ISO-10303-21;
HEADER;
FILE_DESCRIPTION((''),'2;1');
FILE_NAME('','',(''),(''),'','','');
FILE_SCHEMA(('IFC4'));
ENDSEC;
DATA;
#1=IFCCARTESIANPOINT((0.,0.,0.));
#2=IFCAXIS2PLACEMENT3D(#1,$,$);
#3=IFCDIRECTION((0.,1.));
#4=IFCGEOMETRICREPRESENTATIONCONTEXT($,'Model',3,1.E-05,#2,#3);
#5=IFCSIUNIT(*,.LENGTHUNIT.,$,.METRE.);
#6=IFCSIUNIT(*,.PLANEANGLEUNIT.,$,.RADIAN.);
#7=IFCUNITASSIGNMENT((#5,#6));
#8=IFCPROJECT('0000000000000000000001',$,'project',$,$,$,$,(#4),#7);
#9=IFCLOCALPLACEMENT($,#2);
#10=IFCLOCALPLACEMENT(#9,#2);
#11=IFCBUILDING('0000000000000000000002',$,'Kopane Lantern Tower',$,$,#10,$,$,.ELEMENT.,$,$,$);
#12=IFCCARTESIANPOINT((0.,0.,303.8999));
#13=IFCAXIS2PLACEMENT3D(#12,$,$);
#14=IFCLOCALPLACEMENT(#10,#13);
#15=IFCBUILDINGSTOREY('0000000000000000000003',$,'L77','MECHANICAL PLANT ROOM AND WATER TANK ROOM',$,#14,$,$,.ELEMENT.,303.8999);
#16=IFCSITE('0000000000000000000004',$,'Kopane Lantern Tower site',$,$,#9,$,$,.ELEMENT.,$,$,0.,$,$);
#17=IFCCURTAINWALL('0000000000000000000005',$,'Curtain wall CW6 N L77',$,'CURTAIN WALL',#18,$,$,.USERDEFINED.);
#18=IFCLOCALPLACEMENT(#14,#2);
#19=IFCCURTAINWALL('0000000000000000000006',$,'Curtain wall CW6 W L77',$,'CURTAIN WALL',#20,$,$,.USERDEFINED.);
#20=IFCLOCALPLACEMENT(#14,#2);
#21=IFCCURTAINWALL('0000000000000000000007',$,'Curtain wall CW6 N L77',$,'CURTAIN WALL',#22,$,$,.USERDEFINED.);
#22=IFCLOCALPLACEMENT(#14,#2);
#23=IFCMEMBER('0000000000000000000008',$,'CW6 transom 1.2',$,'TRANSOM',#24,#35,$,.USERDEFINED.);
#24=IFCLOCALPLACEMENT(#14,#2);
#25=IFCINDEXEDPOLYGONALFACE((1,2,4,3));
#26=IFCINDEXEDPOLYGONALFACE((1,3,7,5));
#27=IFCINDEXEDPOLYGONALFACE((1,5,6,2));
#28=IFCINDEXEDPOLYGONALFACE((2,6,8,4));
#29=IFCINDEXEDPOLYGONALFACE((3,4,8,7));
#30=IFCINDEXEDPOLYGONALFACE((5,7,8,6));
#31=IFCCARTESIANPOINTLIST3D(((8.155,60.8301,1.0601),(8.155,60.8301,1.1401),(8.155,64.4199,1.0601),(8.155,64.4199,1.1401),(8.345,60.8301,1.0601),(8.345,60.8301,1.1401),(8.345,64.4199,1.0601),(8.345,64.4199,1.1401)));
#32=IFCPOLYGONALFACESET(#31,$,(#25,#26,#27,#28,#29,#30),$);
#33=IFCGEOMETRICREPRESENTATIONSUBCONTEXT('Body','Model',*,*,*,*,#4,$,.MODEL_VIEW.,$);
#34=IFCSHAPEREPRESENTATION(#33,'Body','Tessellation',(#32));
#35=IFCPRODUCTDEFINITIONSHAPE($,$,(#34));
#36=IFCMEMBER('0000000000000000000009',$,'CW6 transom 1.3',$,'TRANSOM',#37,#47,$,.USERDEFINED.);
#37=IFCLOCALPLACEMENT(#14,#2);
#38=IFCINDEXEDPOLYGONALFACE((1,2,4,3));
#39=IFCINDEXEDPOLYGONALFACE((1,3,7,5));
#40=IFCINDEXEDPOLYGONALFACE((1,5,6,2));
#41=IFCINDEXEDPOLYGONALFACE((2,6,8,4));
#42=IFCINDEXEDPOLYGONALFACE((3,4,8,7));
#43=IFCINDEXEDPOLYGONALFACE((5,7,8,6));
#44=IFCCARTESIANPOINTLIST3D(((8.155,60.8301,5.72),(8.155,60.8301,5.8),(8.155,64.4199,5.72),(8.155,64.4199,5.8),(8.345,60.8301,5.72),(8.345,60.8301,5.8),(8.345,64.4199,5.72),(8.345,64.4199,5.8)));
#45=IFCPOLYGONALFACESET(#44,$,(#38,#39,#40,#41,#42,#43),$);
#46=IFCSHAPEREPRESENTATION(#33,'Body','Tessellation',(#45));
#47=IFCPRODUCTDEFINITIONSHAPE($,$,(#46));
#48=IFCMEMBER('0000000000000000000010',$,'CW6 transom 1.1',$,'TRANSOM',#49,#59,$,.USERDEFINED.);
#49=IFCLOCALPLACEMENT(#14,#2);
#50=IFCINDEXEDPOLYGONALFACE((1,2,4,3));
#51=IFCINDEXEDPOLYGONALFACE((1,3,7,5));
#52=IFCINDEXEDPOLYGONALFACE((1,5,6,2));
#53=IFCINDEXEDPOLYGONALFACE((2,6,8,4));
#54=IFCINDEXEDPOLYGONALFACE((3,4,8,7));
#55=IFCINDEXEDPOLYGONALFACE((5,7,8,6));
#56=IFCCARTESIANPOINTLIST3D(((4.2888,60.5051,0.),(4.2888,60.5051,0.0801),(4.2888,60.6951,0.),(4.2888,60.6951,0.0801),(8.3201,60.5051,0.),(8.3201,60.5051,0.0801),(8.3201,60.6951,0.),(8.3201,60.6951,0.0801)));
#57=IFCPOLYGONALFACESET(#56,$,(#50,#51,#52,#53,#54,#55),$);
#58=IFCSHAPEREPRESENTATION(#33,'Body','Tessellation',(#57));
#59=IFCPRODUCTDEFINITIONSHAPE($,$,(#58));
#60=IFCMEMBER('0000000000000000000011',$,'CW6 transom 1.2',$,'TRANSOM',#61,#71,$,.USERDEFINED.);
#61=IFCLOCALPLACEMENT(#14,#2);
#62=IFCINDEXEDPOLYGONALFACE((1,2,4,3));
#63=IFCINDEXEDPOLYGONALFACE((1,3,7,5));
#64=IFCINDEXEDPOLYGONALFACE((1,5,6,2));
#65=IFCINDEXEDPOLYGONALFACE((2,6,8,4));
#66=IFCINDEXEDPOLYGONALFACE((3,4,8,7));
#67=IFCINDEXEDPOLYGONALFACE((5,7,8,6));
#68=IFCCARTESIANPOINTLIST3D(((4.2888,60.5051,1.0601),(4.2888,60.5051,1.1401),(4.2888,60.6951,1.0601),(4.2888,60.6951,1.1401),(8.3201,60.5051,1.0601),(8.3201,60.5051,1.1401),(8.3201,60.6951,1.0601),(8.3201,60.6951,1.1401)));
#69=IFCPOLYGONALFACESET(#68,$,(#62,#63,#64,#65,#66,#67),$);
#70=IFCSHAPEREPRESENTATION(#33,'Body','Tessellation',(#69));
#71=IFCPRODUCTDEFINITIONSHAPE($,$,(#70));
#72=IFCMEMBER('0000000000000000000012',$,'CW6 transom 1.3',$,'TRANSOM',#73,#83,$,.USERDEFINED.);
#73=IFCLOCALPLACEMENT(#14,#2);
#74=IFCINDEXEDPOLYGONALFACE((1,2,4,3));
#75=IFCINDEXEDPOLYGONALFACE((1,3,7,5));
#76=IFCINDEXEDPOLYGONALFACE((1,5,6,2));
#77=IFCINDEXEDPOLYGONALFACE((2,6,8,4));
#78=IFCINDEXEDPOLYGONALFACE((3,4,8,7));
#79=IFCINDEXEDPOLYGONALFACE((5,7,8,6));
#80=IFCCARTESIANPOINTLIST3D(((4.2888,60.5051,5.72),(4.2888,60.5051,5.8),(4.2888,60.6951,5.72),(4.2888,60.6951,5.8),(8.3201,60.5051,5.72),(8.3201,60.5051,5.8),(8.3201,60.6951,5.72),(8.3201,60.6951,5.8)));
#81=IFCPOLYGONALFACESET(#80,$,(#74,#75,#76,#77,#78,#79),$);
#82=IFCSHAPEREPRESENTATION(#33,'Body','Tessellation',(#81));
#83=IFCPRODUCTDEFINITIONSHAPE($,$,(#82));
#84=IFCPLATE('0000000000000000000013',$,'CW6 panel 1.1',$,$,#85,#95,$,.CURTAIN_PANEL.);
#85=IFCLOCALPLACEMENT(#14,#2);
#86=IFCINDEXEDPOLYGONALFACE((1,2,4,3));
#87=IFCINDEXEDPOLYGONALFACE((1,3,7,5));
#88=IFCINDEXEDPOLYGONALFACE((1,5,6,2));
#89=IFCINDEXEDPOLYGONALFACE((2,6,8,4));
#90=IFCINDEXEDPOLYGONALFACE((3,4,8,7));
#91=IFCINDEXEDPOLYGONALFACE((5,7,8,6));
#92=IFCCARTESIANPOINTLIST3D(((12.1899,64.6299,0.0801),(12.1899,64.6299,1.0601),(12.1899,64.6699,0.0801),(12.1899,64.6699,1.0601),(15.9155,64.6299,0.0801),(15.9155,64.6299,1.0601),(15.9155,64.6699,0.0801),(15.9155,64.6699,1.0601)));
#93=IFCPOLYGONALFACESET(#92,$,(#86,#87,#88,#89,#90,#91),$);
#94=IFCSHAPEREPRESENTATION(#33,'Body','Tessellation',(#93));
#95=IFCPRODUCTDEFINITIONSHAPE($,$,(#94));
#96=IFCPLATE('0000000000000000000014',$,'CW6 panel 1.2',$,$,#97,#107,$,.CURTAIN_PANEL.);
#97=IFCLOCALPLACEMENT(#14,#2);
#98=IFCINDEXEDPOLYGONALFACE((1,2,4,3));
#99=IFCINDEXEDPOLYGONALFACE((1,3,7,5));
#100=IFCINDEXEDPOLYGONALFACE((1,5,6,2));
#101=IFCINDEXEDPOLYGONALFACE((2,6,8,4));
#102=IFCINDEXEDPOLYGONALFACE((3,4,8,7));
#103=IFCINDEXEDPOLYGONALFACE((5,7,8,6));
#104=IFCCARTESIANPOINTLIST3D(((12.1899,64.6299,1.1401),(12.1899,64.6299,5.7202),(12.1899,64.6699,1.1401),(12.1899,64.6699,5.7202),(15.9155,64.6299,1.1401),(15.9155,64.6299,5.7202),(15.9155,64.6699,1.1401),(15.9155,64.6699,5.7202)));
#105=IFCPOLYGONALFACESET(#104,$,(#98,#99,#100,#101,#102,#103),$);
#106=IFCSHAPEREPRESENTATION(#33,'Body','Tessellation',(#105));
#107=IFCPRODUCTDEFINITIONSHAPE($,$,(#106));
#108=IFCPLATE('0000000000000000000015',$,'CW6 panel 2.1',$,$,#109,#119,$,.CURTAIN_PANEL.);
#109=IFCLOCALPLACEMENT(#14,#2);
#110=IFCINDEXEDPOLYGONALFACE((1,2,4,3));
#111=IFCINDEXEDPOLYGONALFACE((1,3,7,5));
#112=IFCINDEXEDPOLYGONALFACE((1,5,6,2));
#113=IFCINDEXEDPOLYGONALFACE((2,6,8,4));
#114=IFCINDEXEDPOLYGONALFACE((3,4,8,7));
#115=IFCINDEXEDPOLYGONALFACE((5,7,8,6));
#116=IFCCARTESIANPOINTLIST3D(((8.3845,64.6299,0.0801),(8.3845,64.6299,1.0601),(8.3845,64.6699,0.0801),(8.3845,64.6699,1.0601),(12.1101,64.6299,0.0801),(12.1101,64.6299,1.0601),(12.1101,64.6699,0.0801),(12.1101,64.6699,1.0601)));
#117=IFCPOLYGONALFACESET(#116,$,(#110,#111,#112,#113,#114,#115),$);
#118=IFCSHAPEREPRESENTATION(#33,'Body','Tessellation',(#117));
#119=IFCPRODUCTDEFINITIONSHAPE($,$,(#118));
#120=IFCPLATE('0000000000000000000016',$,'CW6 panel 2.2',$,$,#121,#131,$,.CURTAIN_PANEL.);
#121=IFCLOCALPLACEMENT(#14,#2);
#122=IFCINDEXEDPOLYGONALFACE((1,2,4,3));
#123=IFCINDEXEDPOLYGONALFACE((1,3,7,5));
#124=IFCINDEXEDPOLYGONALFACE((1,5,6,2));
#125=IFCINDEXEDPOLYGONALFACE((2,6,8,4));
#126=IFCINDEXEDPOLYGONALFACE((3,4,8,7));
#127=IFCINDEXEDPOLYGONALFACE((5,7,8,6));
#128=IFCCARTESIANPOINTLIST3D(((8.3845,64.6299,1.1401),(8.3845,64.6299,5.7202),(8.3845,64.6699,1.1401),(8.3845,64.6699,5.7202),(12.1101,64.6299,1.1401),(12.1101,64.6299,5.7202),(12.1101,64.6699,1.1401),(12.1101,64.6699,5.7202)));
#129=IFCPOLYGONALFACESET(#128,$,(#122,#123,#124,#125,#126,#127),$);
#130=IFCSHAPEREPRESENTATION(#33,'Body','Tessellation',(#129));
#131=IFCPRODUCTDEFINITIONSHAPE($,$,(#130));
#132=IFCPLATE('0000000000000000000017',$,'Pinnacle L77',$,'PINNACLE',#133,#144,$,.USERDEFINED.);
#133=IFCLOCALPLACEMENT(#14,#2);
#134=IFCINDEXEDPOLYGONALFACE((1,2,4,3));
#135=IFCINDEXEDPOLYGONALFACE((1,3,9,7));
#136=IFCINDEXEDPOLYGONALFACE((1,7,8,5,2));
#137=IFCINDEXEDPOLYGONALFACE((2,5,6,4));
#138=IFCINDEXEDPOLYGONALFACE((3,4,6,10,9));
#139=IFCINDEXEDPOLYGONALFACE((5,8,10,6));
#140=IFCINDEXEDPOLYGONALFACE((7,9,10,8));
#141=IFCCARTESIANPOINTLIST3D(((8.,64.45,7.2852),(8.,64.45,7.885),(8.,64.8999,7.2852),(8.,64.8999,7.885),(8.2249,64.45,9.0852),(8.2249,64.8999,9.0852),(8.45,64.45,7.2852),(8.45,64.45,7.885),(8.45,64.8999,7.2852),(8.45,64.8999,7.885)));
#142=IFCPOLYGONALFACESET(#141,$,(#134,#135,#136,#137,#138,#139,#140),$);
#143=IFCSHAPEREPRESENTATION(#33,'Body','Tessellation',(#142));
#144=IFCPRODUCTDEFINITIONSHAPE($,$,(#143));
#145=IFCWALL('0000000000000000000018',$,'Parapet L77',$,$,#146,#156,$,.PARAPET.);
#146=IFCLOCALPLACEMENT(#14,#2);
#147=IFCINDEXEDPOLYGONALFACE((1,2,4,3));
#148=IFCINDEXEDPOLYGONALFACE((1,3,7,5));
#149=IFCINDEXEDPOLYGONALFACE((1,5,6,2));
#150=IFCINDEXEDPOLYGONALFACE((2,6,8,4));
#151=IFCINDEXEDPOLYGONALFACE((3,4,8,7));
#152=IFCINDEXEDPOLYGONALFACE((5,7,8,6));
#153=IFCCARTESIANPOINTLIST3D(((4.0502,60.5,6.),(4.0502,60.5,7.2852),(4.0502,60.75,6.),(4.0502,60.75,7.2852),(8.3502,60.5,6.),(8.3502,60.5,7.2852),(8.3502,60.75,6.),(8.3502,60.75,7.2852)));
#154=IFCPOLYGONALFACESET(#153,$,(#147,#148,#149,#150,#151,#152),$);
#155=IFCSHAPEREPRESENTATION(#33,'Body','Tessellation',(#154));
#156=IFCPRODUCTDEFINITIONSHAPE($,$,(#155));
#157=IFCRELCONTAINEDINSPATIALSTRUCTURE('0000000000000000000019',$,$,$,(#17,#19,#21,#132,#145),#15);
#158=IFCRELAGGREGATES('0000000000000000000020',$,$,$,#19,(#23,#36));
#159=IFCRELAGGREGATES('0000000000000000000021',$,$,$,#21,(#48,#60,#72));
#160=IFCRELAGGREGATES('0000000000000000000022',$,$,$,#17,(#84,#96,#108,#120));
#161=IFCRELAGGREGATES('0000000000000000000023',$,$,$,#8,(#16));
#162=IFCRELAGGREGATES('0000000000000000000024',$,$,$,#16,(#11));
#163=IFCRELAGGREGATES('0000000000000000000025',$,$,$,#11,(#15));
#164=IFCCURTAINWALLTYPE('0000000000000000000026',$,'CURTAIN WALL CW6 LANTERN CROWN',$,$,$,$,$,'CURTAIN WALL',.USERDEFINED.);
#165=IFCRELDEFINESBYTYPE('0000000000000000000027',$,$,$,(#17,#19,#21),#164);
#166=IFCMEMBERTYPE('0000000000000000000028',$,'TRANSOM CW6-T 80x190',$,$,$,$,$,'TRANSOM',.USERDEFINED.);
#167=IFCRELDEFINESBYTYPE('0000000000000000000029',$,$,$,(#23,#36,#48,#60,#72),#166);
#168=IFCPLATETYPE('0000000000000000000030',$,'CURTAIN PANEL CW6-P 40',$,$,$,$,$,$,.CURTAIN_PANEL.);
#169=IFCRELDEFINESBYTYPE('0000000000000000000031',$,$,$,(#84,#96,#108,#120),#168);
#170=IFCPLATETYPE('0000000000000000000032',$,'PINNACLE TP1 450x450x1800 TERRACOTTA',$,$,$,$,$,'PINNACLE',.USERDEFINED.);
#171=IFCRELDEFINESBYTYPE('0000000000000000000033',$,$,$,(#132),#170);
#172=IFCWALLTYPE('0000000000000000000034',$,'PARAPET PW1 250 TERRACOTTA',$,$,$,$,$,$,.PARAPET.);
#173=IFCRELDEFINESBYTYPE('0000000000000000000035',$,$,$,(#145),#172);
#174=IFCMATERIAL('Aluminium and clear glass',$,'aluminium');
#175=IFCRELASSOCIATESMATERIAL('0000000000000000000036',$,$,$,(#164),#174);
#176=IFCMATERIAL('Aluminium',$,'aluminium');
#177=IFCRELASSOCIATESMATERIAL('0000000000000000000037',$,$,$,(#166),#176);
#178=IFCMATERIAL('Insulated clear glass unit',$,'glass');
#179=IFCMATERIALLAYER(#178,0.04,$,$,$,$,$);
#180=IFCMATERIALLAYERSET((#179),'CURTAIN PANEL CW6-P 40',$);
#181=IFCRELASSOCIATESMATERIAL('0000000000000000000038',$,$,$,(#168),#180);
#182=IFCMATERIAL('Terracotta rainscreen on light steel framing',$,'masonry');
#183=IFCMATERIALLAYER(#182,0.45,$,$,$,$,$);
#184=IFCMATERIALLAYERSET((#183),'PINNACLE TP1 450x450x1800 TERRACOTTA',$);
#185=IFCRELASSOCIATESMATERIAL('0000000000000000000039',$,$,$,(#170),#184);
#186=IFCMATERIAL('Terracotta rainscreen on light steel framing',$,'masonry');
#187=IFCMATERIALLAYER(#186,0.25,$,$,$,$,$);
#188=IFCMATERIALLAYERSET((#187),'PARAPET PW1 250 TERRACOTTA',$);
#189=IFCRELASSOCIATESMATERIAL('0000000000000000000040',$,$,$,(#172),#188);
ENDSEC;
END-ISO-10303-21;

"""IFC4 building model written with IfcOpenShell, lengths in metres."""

from ifc_helpers import new_model, si_unit, direction, frame, frame_2d, origin, origin_2d, place, context, subcontext, project, spatial, polyline, rectangle, outline, extrude, material, layer, layer_set, material_profile, profile_set, type_object, element, aggregate, save


model = new_model("IFC4")

# Units and contexts
model_context = context("Model", 3, precision=1e-05, world=origin(), true_north=direction((0.0, 1.0)))
body_context = subcontext(model_context, "Body", "Model", "MODEL_VIEW")
ifc_project = project(units=[si_unit("LENGTHUNIT", "METRE"), si_unit("PLANEANGLEUNIT", "RADIAN")], contexts=[model_context])

# Site, building, storey
site_placement = place(None, origin())
site = spatial("IfcSite", under=ifc_project, at=site_placement, Name="Kopane Lantern Tower site", CompositionType="ELEMENT", RefElevation=0.0)
building_placement = place(site_placement, origin())
building = spatial("IfcBuilding", under=site, at=building_placement, Name="Kopane Lantern Tower", CompositionType="ELEMENT")
storey_placement = place(building_placement, frame((0.0, 0.0, 303.8999)))
storey = spatial("IfcBuildingStorey", under=building, at=storey_placement, Name="L77", Description="MECHANICAL PLANT ROOM AND WATER TANK ROOM", CompositionType="ELEMENT", Elevation=303.8999)

# Curtain wall
ifc_material_1 = material(Name="Aluminium and clear glass", Category="aluminium")
curtain_wall_type = type_object("IfcCurtainWallType", Name="CURTAIN WALL CW6 LANTERN CROWN", ElementType="CURTAIN WALL", PredefinedType="USERDEFINED", material=ifc_material_1)
curtain_wall_1_placement = place(storey_placement, origin())
curtain_wall_1 = element("IfcCurtainWall", 1, at=curtain_wall_1_placement, inside=storey, type_object=curtain_wall_type, Name="Curtain wall CW6 N L77", ObjectType="CURTAIN WALL", PredefinedType="USERDEFINED")

# Curtain walls
curtain_wall_2_placement = place(storey_placement, origin())
curtain_wall_2 = element("IfcCurtainWall", 2, at=curtain_wall_2_placement, inside=storey, type_object=curtain_wall_type, Name="Curtain wall CW6 W L77", ObjectType="CURTAIN WALL", PredefinedType="USERDEFINED")
curtain_wall_3_placement = place(storey_placement, origin())
curtain_wall_3 = element("IfcCurtainWall", 3, at=curtain_wall_3_placement, inside=storey, type_object=curtain_wall_type, Name="Curtain wall CW6 N L77", ObjectType="CURTAIN WALL", PredefinedType="USERDEFINED")

# Members
ifc_material_2 = material(Name="Aluminium", Category="aluminium")
ifc_material_profile_1 = material_profile(ifc_material_2, rectangle(XDim=0.1899, YDim=0.0801, at=origin_2d()), Name="AL 190x80")
ifc_profile_set_1 = profile_set([ifc_material_profile_1], Name="Aluminium")
member_type_1 = type_object("IfcMemberType", Name="TRANSOM CW6-T 80x190", ElementType="TRANSOM", PredefinedType="USERDEFINED", material=ifc_profile_set_1)
member_1_placement = place(storey_placement, frame((8.25, 64.4199, 1.1001), z_axis=(0.0, -1.0, 0.0), x_axis=(1.0, 0.0, 0.0)))
member_1 = element("IfcMember", 4, at=member_1_placement, type_object=member_type_1, Name="CW6 transom 1.2", ObjectType="TRANSOM", PredefinedType="USERDEFINED", context=body_context, shape_type="SweptSolid", body=[
    extrude(rectangle(XDim=0.1899, YDim=0.0801, at=origin_2d()), origin(), (0.0, 0.0, 1.0), 3.5898),
])
member_2_placement = place(storey_placement, frame((8.25, 64.4199, 5.76), z_axis=(0.0, -1.0, 0.0), x_axis=(1.0, 0.0, 0.0)))
member_2 = element("IfcMember", 5, at=member_2_placement, type_object=member_type_1, Name="CW6 transom 1.3", ObjectType="TRANSOM", PredefinedType="USERDEFINED", context=body_context, shape_type="SweptSolid", body=[
    extrude(rectangle(XDim=0.1899, YDim=0.0801, at=origin_2d()), origin(), (0.0, 0.0, 1.0), 3.5898),
])
aggregate(curtain_wall_2, [member_1, member_2])
member_3_placement = place(storey_placement, frame((8.3201, 60.6001, 0.04), z_axis=(-1.0, 0.0, 0.0), x_axis=(0.0, -1.0, 0.0)))
member_3 = element("IfcMember", 6, at=member_3_placement, type_object=member_type_1, Name="CW6 transom 1.1", ObjectType="TRANSOM", PredefinedType="USERDEFINED", context=body_context, shape_type="SweptSolid", body=[
    extrude(rectangle(XDim=0.1899, YDim=0.0801, at=origin_2d()), origin(), (0.0, 0.0, 1.0), 4.0312),
])
member_4_placement = place(storey_placement, frame((8.3201, 60.6001, 1.1001), z_axis=(-1.0, 0.0, 0.0), x_axis=(0.0, -1.0, 0.0)))
member_4 = element("IfcMember", 7, at=member_4_placement, type_object=member_type_1, Name="CW6 transom 1.2", ObjectType="TRANSOM", PredefinedType="USERDEFINED", context=body_context, shape_type="SweptSolid", body=[
    extrude(rectangle(XDim=0.1899, YDim=0.0801, at=origin_2d()), origin(), (0.0, 0.0, 1.0), 4.0312),
])
member_5_placement = place(storey_placement, frame((8.3201, 60.6001, 5.76), z_axis=(-1.0, 0.0, 0.0), x_axis=(0.0, -1.0, 0.0)))
member_5 = element("IfcMember", 8, at=member_5_placement, type_object=member_type_1, Name="CW6 transom 1.3", ObjectType="TRANSOM", PredefinedType="USERDEFINED", context=body_context, shape_type="SweptSolid", body=[
    extrude(rectangle(XDim=0.1899, YDim=0.0801, at=origin_2d()), origin(), (0.0, 0.0, 1.0), 4.0312),
])
aggregate(curtain_wall_3, [member_3, member_4, member_5])

# Plates
ifc_material_3 = material(Name="Insulated clear glass unit", Category="glass")
ifc_layer_1 = layer(ifc_material_3, 0.04)
ifc_layer_set_1 = layer_set([ifc_layer_1], Name="CURTAIN PANEL CW6-P 40")
plate_type_1 = type_object("IfcPlateType", Name="CURTAIN PANEL CW6-P 40", PredefinedType="CURTAIN_PANEL", material=ifc_layer_set_1)
plate_1_placement = place(storey_placement, frame((14.0527, 64.6499, 0.0801), z_axis=(0.0, 0.0, 1.0), x_axis=(-1.0, 0.0, 0.0)))
plate_1 = element("IfcPlate", 9, at=plate_1_placement, type_object=plate_type_1, Name="CW6 panel 1.1", PredefinedType="CURTAIN_PANEL", context=body_context, shape_type="SweptSolid", body=[
    extrude(rectangle(XDim=3.7256, YDim=0.04, at=origin_2d()), origin(), (0.0, 0.0, 1.0), 0.98),
])
plate_2_placement = place(storey_placement, frame((14.0527, 64.6499, 1.1401), z_axis=(0.0, 0.0, 1.0), x_axis=(-1.0, 0.0, 0.0)))
plate_2 = element("IfcPlate", 10, at=plate_2_placement, type_object=plate_type_1, Name="CW6 panel 1.2", PredefinedType="CURTAIN_PANEL", context=body_context, shape_type="SweptSolid", body=[
    extrude(rectangle(XDim=3.7256, YDim=0.04, at=origin_2d()), origin(), (0.0, 0.0, 1.0), 4.5801),
])
plate_3_placement = place(storey_placement, frame((10.2473, 64.6499, 0.0801), z_axis=(0.0, 0.0, 1.0), x_axis=(-1.0, 0.0, 0.0)))
plate_3 = element("IfcPlate", 11, at=plate_3_placement, type_object=plate_type_1, Name="CW6 panel 2.1", PredefinedType="CURTAIN_PANEL", context=body_context, shape_type="SweptSolid", body=[
    extrude(rectangle(XDim=3.7256, YDim=0.04, at=origin_2d()), origin(), (0.0, 0.0, 1.0), 0.98),
])
plate_4_placement = place(storey_placement, frame((10.2473, 64.6499, 1.1401), z_axis=(0.0, 0.0, 1.0), x_axis=(-1.0, 0.0, 0.0)))
plate_4 = element("IfcPlate", 12, at=plate_4_placement, type_object=plate_type_1, Name="CW6 panel 2.2", PredefinedType="CURTAIN_PANEL", context=body_context, shape_type="SweptSolid", body=[
    extrude(rectangle(XDim=3.7256, YDim=0.04, at=origin_2d()), origin(), (0.0, 0.0, 1.0), 4.5801),
])
aggregate(curtain_wall_1, [plate_1, plate_2, plate_3, plate_4])
ifc_material_4 = material(Name="Terracotta rainscreen on light steel framing", Category="masonry")
ifc_layer_2 = layer(ifc_material_4, 0.45)
ifc_layer_set_2 = layer_set([ifc_layer_2], Name="PINNACLE TP1 450x450x1800 TERRACOTTA")
plate_type_2 = type_object("IfcPlateType", Name="PINNACLE TP1 450x450x1800 TERRACOTTA", ElementType="PINNACLE", PredefinedType="USERDEFINED", material=ifc_layer_set_2)
plate_5_placement = place(storey_placement, frame((8.45, 64.675, 7.2852), z_axis=(0.0, 0.0, 1.0), x_axis=(-1.0, 0.0, 0.0)))
element("IfcPlate", 13, at=plate_5_placement, inside=storey, type_object=plate_type_2, Name="Pinnacle L77", ObjectType="PINNACLE", PredefinedType="USERDEFINED", context=body_context, shape_type="SweptSolid", body=[
    extrude(outline(polyline([(0.0, 0.0), (0.45, 0.0), (0.45, 0.5999), (0.2251, 1.8), (0.0, 0.5999), (0.0, 0.0)])), frame((0.0, 0.2251, 0.0), z_axis=(0.0, -1.0, 0.0), x_axis=(1.0, 0.0, 0.0)), (0.0, 0.0, 1.0), 0.45),
])

# Wall
ifc_material_5 = material(Name="Terracotta rainscreen on light steel framing", Category="masonry")
ifc_layer_3 = layer(ifc_material_5, 0.25)
ifc_layer_set_3 = layer_set([ifc_layer_3], Name="PARAPET PW1 250 TERRACOTTA")
wall_type = type_object("IfcWallType", Name="PARAPET PW1 250 TERRACOTTA", PredefinedType="PARAPET", material=ifc_layer_set_3)
wall_placement = place(storey_placement, frame((8.3501, 60.625, 6.0), z_axis=(0.0, 0.0, 1.0), x_axis=(-1.0, 0.0, 0.0)))
element("IfcWall", 14, at=wall_placement, inside=storey, type_object=wall_type, Name="Parapet L77", PredefinedType="PARAPET", context=body_context, shape_type="SweptSolid", body=[
    extrude(rectangle(XDim=4.3, YDim=0.25, at=frame_2d((2.1499, 0.0))), origin(), (0.0, 0.0, 1.0), 1.2852),
])

save(model, "model.ifc")
